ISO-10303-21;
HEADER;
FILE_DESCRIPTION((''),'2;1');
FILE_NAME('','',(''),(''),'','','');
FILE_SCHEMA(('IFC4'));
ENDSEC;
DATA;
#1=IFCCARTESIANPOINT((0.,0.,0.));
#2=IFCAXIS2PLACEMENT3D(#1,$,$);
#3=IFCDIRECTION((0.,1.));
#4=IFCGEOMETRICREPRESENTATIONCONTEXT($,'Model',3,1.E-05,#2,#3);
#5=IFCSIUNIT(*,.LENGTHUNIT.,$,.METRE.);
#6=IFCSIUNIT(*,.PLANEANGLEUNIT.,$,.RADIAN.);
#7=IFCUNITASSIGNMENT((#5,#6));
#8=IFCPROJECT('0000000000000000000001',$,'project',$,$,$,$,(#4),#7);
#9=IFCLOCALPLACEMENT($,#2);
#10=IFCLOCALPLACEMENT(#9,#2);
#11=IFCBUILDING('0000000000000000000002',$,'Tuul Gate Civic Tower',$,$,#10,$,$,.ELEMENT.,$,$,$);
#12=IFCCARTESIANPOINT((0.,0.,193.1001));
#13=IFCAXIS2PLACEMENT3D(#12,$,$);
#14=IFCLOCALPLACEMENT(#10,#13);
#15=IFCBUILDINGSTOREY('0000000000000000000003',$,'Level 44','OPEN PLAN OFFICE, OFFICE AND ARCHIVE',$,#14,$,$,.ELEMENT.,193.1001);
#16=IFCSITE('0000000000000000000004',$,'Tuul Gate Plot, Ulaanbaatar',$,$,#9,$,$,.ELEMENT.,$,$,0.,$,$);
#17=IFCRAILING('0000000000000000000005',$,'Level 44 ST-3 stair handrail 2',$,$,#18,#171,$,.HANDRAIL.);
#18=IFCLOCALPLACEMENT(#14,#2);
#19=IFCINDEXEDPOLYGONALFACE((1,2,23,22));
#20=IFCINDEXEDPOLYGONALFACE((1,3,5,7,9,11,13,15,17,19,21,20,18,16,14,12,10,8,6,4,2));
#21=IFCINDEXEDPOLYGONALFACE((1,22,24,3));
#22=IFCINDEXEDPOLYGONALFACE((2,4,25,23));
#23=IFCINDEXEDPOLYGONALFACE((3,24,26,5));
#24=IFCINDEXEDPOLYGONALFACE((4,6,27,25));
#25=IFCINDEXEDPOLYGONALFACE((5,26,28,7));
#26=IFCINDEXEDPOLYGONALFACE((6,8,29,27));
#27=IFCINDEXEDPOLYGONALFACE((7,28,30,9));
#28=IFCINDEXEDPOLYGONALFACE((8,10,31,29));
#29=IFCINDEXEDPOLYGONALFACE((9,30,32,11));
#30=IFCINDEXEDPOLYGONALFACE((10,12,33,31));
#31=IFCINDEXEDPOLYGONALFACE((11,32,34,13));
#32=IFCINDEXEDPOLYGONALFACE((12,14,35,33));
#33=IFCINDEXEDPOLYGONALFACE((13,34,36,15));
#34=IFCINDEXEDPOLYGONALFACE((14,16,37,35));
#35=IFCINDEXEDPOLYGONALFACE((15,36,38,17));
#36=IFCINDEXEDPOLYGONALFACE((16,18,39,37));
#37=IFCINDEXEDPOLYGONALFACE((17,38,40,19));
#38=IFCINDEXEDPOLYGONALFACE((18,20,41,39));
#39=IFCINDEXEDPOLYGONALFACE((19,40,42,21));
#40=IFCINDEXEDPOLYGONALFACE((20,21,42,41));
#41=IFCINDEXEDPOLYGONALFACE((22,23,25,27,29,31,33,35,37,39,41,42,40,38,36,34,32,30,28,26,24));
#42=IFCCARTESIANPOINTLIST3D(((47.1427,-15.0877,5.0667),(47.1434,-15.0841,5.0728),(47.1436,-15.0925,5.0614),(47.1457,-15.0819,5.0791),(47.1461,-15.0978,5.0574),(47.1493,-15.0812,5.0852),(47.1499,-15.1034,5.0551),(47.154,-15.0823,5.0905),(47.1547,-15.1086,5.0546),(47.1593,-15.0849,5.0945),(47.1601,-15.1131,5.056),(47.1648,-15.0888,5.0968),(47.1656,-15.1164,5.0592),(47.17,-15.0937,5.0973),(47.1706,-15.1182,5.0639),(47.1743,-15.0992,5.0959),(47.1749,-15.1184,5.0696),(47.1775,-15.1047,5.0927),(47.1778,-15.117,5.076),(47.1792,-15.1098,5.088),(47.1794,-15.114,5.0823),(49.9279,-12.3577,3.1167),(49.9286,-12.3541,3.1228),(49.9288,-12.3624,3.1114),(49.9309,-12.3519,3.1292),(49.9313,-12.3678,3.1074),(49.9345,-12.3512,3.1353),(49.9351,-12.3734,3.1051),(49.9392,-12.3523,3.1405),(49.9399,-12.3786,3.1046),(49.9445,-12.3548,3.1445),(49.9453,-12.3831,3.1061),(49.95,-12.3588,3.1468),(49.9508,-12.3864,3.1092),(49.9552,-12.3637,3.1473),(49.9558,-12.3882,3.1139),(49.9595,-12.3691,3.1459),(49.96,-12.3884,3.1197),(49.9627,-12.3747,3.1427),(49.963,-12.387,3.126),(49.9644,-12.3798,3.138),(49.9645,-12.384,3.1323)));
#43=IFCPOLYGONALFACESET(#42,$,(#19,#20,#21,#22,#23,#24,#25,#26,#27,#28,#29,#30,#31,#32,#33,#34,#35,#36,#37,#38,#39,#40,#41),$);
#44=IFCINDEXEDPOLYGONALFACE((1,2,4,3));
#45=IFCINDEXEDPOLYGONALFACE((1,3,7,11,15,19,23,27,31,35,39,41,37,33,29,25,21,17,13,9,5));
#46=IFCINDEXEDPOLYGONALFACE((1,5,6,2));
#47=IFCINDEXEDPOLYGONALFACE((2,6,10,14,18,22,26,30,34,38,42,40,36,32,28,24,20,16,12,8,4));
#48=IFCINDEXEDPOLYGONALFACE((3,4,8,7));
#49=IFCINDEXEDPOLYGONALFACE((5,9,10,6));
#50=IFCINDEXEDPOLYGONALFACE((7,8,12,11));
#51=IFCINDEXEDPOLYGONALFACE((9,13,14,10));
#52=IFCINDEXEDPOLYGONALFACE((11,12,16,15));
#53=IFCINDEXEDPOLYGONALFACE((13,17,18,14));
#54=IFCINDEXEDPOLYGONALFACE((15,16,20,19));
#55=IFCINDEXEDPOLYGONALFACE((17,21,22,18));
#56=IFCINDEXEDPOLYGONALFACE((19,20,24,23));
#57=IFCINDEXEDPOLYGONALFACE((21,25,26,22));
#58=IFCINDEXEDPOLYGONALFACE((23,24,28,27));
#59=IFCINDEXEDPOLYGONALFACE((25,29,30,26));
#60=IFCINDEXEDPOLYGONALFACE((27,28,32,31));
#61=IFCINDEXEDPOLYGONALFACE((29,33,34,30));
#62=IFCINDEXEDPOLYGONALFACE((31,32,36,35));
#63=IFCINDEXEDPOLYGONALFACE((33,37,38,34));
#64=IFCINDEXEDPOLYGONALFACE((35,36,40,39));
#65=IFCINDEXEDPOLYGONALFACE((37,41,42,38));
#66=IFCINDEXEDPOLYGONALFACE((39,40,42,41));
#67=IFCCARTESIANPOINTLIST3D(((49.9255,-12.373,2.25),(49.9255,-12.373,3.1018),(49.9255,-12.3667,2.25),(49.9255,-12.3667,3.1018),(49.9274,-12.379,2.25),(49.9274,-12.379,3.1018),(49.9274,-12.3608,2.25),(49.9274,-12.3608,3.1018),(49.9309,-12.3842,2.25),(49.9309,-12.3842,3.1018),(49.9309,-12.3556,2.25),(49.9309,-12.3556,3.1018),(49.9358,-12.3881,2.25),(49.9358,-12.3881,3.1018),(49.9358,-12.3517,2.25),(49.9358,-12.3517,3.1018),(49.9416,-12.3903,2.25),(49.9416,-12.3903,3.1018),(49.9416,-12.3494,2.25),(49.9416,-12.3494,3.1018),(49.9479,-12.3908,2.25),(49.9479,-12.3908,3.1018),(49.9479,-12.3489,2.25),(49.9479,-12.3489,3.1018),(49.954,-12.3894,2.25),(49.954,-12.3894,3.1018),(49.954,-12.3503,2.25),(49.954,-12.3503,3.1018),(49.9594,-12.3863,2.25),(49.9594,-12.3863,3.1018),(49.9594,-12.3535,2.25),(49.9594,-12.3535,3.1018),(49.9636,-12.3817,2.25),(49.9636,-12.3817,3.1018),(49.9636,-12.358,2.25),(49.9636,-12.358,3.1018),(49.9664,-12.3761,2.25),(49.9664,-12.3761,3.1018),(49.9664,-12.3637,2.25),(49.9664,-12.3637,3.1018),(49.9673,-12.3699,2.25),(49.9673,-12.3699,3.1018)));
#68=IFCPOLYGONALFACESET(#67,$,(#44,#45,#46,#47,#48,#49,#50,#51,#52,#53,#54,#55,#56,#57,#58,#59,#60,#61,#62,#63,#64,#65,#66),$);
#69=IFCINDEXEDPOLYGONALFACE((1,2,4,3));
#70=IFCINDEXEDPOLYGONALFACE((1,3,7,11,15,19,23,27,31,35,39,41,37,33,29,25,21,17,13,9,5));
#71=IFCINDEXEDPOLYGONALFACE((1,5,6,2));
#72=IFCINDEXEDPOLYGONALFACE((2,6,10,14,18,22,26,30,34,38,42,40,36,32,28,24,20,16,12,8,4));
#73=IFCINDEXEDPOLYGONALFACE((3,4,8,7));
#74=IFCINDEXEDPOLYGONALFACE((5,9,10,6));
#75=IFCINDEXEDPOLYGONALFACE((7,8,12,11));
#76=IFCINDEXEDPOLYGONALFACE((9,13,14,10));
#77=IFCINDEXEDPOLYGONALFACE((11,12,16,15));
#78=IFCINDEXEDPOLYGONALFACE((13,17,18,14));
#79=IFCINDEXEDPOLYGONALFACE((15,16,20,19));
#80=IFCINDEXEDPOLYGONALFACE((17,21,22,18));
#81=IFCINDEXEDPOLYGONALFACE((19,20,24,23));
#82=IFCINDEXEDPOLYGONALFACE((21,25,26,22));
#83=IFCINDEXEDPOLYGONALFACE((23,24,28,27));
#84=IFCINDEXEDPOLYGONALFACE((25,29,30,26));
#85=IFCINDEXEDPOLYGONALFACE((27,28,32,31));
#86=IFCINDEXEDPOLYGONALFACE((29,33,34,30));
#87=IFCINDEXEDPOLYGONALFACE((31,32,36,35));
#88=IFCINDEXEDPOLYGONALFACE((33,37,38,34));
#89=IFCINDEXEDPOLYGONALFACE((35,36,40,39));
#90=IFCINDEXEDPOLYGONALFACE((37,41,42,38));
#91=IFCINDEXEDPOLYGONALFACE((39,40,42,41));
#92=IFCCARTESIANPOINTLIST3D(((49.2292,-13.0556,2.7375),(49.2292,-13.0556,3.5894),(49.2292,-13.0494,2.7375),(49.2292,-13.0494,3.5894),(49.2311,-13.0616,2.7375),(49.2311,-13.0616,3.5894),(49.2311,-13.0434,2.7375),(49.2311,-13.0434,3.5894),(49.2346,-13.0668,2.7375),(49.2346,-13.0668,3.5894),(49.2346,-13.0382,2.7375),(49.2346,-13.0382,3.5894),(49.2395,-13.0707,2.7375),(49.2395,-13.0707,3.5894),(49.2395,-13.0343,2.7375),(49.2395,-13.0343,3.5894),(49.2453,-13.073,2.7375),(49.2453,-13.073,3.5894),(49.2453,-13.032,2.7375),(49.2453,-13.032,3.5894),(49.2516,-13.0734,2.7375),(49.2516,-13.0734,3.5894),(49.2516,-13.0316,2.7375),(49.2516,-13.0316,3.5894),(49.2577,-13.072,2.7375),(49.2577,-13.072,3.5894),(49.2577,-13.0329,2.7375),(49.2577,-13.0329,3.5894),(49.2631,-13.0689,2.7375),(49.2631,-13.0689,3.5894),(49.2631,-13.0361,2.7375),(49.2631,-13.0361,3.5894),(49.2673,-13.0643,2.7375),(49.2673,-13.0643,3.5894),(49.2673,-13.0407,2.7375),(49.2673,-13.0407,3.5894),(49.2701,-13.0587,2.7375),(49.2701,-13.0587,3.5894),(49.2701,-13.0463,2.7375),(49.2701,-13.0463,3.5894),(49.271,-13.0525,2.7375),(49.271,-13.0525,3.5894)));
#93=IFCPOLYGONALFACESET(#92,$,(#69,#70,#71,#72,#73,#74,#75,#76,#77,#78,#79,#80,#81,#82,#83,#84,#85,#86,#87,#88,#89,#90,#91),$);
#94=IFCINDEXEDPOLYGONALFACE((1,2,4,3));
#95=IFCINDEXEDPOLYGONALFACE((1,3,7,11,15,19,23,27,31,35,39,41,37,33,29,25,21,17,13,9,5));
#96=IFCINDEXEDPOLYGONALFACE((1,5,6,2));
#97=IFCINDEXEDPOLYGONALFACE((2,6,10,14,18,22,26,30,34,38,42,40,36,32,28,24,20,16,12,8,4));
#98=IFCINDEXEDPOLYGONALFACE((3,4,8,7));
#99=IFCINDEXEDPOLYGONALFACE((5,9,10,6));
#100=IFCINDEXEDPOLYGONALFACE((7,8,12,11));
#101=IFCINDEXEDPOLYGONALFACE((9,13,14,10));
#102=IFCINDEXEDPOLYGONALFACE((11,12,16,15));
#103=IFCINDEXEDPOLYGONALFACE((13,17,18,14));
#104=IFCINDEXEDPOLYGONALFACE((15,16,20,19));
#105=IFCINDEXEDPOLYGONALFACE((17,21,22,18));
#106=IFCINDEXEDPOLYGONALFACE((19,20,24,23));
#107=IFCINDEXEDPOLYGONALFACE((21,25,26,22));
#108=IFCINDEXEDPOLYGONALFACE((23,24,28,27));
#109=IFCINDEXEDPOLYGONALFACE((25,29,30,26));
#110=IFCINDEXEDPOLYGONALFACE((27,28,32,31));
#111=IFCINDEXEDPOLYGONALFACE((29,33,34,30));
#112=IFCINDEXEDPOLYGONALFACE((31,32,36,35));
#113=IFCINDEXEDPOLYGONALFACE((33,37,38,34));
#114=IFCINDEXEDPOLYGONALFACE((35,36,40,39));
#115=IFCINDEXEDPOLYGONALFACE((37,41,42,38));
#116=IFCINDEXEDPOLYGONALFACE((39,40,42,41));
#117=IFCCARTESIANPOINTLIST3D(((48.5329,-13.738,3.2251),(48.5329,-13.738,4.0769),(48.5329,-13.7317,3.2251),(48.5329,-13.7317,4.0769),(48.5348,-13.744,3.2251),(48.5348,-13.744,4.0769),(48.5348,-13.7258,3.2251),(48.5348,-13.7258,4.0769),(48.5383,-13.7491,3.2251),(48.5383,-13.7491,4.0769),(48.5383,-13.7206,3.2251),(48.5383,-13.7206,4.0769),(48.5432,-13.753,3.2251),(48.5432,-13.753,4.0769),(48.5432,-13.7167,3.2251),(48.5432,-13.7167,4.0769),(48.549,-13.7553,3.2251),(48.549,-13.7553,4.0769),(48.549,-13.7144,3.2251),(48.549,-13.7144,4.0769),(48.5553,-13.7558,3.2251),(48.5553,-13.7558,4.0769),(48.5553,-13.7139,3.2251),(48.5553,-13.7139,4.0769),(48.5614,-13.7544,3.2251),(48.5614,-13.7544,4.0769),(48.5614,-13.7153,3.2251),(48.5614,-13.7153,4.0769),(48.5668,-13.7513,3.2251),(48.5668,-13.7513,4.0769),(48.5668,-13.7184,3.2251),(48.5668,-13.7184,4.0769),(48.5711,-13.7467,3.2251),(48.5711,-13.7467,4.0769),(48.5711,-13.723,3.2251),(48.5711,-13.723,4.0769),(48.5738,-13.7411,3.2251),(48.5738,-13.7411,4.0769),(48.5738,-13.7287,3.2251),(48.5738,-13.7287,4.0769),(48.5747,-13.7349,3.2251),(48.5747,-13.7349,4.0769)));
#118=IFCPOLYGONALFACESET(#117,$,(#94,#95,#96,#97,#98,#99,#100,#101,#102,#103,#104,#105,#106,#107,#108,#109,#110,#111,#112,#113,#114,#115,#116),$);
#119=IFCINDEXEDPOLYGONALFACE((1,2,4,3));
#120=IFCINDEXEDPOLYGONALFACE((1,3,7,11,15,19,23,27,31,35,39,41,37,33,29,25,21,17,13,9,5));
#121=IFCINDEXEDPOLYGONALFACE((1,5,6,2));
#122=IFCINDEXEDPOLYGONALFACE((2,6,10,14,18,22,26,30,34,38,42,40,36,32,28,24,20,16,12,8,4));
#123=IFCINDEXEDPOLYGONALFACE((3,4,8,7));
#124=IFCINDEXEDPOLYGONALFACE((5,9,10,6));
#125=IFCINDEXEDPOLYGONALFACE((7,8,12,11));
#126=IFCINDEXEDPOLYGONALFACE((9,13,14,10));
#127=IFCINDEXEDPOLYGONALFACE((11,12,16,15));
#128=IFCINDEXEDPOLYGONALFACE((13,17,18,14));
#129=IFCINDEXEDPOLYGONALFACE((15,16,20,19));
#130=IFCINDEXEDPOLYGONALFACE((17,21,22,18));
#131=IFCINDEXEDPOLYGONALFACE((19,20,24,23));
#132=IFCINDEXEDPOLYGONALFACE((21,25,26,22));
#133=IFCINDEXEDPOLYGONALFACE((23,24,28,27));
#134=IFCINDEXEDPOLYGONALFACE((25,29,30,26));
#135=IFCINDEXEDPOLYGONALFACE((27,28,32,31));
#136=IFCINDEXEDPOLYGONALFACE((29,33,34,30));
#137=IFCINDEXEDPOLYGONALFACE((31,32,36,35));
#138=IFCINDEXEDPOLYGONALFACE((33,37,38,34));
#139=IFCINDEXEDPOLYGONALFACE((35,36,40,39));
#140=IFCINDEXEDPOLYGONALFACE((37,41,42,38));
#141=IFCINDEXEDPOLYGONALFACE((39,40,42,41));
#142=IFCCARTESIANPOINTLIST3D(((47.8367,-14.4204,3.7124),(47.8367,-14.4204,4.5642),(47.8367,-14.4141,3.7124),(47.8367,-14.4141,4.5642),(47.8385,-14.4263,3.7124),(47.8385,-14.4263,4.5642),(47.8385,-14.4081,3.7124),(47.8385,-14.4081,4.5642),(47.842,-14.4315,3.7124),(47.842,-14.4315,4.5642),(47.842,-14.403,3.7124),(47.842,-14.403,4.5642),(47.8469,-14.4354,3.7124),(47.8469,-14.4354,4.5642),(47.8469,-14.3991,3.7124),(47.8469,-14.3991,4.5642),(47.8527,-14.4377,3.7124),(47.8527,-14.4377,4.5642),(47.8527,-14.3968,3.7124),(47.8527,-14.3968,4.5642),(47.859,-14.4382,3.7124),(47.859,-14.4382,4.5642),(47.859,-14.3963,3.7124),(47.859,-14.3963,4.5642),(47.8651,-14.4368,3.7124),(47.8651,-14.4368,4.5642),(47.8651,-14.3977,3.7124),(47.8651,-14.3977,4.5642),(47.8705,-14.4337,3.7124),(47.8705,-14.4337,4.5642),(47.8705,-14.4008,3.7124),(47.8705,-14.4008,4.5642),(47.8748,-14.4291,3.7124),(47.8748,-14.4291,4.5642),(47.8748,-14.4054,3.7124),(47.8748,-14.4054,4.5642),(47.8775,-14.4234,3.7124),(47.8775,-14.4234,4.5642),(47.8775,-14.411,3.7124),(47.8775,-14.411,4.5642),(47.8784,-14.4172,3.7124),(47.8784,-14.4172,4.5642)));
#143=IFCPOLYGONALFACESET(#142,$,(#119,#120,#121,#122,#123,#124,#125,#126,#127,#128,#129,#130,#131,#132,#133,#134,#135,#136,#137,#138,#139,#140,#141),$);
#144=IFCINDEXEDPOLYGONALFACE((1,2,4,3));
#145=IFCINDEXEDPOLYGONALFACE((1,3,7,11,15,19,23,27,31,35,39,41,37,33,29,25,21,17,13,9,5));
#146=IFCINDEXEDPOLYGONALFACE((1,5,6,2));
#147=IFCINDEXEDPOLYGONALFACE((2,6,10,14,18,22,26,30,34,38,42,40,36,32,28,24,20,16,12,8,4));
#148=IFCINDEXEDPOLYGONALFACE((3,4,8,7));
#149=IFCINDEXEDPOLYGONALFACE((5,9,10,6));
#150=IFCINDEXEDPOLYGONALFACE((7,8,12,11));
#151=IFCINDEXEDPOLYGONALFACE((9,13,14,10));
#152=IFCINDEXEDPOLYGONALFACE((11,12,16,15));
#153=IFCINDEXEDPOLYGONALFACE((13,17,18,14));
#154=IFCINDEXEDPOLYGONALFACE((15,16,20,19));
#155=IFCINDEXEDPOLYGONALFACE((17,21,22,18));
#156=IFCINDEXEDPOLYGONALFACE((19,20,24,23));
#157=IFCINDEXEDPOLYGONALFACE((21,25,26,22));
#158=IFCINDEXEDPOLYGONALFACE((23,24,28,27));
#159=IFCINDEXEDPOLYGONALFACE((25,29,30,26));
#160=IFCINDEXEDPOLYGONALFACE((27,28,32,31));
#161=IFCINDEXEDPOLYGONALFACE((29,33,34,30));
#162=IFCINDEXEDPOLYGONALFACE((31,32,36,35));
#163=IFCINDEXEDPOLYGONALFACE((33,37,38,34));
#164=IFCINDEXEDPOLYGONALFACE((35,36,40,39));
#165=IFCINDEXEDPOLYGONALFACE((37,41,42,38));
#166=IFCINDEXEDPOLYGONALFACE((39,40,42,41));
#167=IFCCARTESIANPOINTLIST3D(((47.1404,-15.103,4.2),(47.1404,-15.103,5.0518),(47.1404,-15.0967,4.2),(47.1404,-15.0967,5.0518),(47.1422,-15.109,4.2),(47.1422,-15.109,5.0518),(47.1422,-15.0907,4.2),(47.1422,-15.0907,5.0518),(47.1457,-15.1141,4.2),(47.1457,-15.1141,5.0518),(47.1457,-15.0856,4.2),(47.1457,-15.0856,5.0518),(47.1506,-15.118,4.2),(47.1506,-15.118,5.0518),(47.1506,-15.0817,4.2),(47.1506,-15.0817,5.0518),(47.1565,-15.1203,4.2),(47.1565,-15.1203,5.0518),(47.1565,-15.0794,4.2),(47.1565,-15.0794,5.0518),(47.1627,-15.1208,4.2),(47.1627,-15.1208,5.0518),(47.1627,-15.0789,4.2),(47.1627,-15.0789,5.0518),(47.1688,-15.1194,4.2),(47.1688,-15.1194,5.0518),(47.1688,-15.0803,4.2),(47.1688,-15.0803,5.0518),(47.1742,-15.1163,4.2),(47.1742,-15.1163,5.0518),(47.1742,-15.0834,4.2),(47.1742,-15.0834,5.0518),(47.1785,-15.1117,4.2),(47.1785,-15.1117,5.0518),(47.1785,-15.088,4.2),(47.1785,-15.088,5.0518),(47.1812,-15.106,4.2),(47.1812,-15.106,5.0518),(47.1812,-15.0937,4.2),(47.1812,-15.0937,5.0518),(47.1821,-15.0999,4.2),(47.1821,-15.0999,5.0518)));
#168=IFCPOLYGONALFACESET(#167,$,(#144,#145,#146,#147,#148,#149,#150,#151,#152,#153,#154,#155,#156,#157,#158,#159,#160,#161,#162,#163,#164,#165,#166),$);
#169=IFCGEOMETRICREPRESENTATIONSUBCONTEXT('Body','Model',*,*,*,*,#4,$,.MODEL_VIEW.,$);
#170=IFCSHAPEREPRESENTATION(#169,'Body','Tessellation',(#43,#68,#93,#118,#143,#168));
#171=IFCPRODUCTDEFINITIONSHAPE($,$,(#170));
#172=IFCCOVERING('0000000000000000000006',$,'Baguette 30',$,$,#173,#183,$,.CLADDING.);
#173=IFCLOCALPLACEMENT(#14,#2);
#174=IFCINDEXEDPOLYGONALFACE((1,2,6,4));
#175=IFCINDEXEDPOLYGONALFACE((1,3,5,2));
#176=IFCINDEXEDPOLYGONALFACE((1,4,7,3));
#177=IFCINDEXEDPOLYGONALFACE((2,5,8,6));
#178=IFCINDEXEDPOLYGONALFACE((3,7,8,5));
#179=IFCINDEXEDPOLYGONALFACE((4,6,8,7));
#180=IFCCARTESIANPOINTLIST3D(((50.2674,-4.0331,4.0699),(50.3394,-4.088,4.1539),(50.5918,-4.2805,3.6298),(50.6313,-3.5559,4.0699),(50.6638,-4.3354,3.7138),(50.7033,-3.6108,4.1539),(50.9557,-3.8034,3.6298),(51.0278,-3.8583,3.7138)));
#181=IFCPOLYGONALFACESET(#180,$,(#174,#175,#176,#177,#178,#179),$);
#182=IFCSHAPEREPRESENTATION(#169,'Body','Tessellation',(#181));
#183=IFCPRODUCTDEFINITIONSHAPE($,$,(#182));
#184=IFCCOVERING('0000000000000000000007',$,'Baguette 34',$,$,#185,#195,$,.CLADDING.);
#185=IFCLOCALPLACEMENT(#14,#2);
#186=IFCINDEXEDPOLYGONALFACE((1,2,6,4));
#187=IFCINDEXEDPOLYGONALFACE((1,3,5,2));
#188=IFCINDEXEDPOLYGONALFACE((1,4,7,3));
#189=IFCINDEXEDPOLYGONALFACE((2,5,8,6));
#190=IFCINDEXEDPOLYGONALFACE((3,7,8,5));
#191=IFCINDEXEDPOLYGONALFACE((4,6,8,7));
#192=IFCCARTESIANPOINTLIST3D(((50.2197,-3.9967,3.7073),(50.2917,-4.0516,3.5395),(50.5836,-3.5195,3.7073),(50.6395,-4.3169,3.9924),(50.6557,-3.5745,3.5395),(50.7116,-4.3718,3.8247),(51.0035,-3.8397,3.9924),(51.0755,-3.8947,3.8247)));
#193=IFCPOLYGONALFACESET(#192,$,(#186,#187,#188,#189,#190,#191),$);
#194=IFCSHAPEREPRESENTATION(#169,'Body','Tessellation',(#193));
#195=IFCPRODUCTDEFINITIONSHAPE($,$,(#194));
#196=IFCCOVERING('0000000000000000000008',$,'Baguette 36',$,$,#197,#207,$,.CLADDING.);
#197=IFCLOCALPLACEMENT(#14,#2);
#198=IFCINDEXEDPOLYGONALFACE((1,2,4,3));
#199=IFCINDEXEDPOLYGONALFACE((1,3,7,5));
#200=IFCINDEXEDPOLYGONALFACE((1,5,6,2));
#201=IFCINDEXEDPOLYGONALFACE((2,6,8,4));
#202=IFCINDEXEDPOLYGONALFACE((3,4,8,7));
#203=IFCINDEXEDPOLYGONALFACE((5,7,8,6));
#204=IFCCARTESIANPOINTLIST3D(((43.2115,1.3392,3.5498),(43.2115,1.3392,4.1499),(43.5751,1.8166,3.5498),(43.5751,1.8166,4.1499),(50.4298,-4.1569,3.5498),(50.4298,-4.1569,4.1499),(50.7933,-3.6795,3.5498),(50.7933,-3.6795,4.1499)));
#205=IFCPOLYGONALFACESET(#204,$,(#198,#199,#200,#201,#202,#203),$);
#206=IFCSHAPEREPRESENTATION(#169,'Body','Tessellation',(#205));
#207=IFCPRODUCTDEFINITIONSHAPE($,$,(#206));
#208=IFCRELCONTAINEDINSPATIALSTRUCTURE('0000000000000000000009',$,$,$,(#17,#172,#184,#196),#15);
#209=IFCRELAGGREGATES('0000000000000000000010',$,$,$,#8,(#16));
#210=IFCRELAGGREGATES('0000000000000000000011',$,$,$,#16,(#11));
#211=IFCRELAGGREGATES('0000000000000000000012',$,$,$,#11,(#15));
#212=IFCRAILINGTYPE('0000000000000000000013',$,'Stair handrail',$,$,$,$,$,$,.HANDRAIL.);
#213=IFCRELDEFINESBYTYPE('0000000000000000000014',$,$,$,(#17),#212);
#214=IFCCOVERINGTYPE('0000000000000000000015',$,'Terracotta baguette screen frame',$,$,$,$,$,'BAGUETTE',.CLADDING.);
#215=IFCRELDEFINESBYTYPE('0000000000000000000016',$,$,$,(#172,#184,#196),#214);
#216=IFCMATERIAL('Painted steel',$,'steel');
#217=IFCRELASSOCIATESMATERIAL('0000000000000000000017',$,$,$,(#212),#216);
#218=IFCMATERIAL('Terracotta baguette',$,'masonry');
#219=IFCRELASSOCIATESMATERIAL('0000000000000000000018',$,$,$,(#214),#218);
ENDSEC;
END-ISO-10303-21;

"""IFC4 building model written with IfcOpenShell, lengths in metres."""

from ifc_helpers import new_model, si_unit, direction, frame, origin, origin_2d, place, context, subcontext, project, spatial, rectangle, circle, extrude, material, material_profile, profile_set, type_object, element, save


model = new_model("IFC4")

# Units and contexts
model_context = context("Model", 3, precision=1e-05, world=origin(), true_north=direction((0.0, 1.0)))
body_context = subcontext(model_context, "Body", "Model", "MODEL_VIEW")
ifc_project = project(units=[si_unit("LENGTHUNIT", "METRE"), si_unit("PLANEANGLEUNIT", "RADIAN")], contexts=[model_context])

# Site, building, storey
site_placement = place(None, origin())
site = spatial("IfcSite", under=ifc_project, at=site_placement, Name="Tuul Gate Plot, Ulaanbaatar", CompositionType="ELEMENT", RefElevation=0.0)
building_placement = place(site_placement, origin())
building = spatial("IfcBuilding", under=site, at=building_placement, Name="Tuul Gate Civic Tower", CompositionType="ELEMENT")
storey_placement = place(building_placement, frame((0.0, 0.0, 193.1001)))
storey = spatial("IfcBuildingStorey", under=building, at=storey_placement, Name="Level 44", Description="OPEN PLAN OFFICE, OFFICE AND ARCHIVE", CompositionType="ELEMENT", Elevation=193.1001)

# Railing
ifc_material_1 = material(Name="Painted steel", Category="steel")
railing_type_1 = type_object("IfcRailingType", Name="Stair handrail", PredefinedType="HANDRAIL", material=ifc_material_1)
railing_1_placement = place(storey_placement, frame((49.9463, -12.3699, 2.25)))
element("IfcRailing", 1, at=railing_1_placement, inside=storey, type_object=railing_type_1, Name="Level 44 ST-3 stair handrail 2", PredefinedType="HANDRAIL", context=body_context, shape_type="SweptSolid", body=[
    extrude(circle(Radius=0.0239, at=origin_2d()), frame((0.0, 0.0, 0.876), z_axis=(-0.638754, -0.6261, 0.447206), x_axis=(0.699998, -0.714145, 0.0)), (0.0, 0.0, 1.0), 4.3604),
    extrude(circle(Radius=0.021, at=origin_2d()), origin(), (0.0, 0.0, 1.0), 0.8518),
    extrude(circle(Radius=0.021, at=origin_2d()), frame((-0.6963, -0.6826, 0.4875)), (0.0, 0.0, 1.0), 0.8518),
    extrude(circle(Radius=0.021, at=origin_2d()), frame((-1.3926, -1.365, 0.9751)), (0.0, 0.0, 1.0), 0.8518),
    extrude(circle(Radius=0.021, at=origin_2d()), frame((-2.0889, -2.0474, 1.4624)), (0.0, 0.0, 1.0), 0.8518),
    extrude(circle(Radius=0.021, at=origin_2d()), frame((-2.7852, -2.73, 1.95)), (0.0, 0.0, 1.0), 0.8518),
])

# Coverings
ifc_material_2 = material(Name="Terracotta baguette", Category="masonry")
ifc_material_profile_1 = material_profile(ifc_material_2, rectangle(XDim=0.6001, YDim=0.6001, at=origin_2d()), Name="Terracotta baguette screen frame")
ifc_profile_set_1 = profile_set([ifc_material_profile_1], Name="Terracotta baguette")
covering_type = type_object("IfcCoveringType", Name="Terracotta baguette screen frame", ElementType="BAGUETTE", PredefinedType="CLADDING", material=ifc_profile_set_1)
covering_1_placement = place(storey_placement, frame((50.6836, -3.9731, 3.9338), z_axis=(-0.583061, 0.444707, -0.679908), x_axis=(-0.606449, -0.795122, 0.0)))
element("IfcCovering", 2, at=covering_1_placement, inside=storey, type_object=covering_type, Name="Baguette 30", PredefinedType="CLADDING", context=body_context, shape_type="SweptSolid", body=[
    extrude(rectangle(XDim=0.6001, YDim=0.6001, at=origin_2d()), origin(), (0.0, 0.0, 1.0), 0.1235),
])
covering_2_placement = place(storey_placement, frame((50.6116, -3.9182, 3.8499), z_axis=(0.377827, -0.288173, -0.879888), x_axis=(0.606449, 0.795122, 0.0)))
element("IfcCovering", 3, at=covering_2_placement, inside=storey, type_object=covering_type, Name="Baguette 34", PredefinedType="CLADDING", context=body_context, shape_type="SweptSolid", body=[
    extrude(rectangle(XDim=0.6001, YDim=0.6001, at=origin_2d()), origin(), (0.0, 0.0, 1.0), 0.1907),
])
covering_3_placement = place(storey_placement, frame((50.6116, -3.9182, 3.8499), z_axis=(-0.795619, 0.605797, 0.0), x_axis=(-0.605797, -0.795619, 0.0)))
element("IfcCovering", 4, at=covering_3_placement, inside=storey, type_object=covering_type, Name="Baguette 36", PredefinedType="CLADDING", context=body_context, shape_type="SweptSolid", body=[
    extrude(rectangle(XDim=0.6001, YDim=0.6001, at=origin_2d()), origin(), (0.0, 0.0, 1.0), 9.0725),
])

save(model, "model.ifc")
